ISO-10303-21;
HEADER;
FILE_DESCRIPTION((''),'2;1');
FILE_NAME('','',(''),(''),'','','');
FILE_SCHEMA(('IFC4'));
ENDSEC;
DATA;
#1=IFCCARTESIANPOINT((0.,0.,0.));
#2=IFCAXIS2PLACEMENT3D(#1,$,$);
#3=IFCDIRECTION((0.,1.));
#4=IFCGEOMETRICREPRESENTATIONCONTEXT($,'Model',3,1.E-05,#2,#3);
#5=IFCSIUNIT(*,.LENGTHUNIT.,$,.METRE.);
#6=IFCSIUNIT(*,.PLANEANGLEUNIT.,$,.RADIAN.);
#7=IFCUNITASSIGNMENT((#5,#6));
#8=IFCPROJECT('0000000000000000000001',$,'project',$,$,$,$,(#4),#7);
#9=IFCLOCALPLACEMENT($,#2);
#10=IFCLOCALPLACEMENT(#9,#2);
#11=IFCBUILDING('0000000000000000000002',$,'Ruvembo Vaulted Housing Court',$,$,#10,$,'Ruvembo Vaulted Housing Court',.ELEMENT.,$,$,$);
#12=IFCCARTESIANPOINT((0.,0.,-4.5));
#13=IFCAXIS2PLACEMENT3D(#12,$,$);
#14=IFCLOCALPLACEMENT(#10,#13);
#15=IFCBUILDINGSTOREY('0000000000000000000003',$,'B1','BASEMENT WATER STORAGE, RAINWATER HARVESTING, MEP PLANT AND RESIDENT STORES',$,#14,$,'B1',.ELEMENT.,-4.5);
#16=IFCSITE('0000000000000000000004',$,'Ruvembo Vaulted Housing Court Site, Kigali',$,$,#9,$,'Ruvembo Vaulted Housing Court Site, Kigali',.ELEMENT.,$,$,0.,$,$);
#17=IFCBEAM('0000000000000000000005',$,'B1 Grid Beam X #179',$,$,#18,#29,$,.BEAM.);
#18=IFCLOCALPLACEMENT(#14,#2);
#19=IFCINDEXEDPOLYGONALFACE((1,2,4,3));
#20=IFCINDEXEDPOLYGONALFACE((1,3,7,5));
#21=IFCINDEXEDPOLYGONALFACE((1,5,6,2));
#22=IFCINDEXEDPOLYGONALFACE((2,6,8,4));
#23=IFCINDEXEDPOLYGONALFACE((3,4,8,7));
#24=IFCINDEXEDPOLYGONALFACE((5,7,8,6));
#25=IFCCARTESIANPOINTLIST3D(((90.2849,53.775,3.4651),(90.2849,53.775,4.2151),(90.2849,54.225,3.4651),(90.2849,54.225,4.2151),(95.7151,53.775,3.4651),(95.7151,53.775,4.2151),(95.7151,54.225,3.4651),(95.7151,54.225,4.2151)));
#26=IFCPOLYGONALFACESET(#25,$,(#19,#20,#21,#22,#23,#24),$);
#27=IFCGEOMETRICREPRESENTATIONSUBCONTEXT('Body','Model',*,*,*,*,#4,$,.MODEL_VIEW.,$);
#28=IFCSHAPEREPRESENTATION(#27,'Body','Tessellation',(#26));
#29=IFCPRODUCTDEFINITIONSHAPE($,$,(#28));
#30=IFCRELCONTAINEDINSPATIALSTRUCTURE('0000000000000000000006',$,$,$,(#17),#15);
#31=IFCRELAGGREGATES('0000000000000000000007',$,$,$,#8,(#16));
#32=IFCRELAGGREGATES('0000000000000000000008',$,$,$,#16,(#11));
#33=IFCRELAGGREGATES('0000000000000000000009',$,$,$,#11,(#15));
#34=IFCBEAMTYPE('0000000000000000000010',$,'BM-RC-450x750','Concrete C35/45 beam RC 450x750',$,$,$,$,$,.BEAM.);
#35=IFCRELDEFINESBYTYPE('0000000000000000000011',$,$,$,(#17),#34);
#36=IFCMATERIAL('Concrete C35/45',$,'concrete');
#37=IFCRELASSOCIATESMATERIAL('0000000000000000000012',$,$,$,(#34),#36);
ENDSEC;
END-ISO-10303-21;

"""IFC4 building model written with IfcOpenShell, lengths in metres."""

from ifc_helpers import new_model, si_unit, direction, frame, origin, origin_2d, place, context, subcontext, project, spatial, rectangle, extrude, material, material_profile, profile_set, type_object, element, save


model = new_model("IFC4")

# Units and contexts
model_context = context("Model", 3, precision=1e-05, world=origin(), true_north=direction((0.0, 1.0)))
body_context = subcontext(model_context, "Body", "Model", "MODEL_VIEW")
ifc_project = project(units=[si_unit("LENGTHUNIT", "METRE"), si_unit("PLANEANGLEUNIT", "RADIAN")], contexts=[model_context])

# Site, building, storey
site_placement = place(None, origin())
site = spatial("IfcSite", under=ifc_project, at=site_placement, Name="Ruvembo Vaulted Housing Court Site, Kigali", LongName="Ruvembo Vaulted Housing Court Site, Kigali", CompositionType="ELEMENT", RefElevation=0.0)
building_placement = place(site_placement, origin())
building = spatial("IfcBuilding", under=site, at=building_placement, Name="Ruvembo Vaulted Housing Court", LongName="Ruvembo Vaulted Housing Court", CompositionType="ELEMENT")
storey_placement = place(building_placement, frame((0.0, 0.0, -4.5)))
storey = spatial("IfcBuildingStorey", under=building, at=storey_placement, Name="B1", Description="BASEMENT WATER STORAGE, RAINWATER HARVESTING, MEP PLANT AND RESIDENT STORES", LongName="B1", CompositionType="ELEMENT", Elevation=-4.5)

# Shared definitions
ifc_material_1 = material(Name="Concrete C35/45", Category="concrete")

# Beam
ifc_material_profile_1 = material_profile(ifc_material_1, rectangle(XDim=0.45, YDim=0.75, at=origin_2d()), Name="RC 450x750")
ifc_profile_set_1 = profile_set([ifc_material_profile_1], Name="Concrete C35/45")
beam_type_1 = type_object("IfcBeamType", Name="BM-RC-450x750", Description="Concrete C35/45 beam RC 450x750", PredefinedType="BEAM", material=ifc_profile_set_1)
for number, where, z_axis, x_axis, name in (
    (1, (90.2849, 54.0, 3.8401), (1.0, 0.0, 0.0), (0.0, 1.0, 0.0), "B1 Grid Beam X #179"),
):
    element("IfcBeam", number, at=place(storey_placement, frame(where, z_axis=z_axis, x_axis=x_axis)), inside=storey, type_object=beam_type_1, Name=name, PredefinedType="BEAM", context=body_context, shape_type="SweptSolid", body=[
        extrude(rectangle(XDim=0.45, YDim=0.75, at=origin_2d()), origin(), (0.0, 0.0, 1.0), 5.4302),
    ])

save(model, "model.ifc")
